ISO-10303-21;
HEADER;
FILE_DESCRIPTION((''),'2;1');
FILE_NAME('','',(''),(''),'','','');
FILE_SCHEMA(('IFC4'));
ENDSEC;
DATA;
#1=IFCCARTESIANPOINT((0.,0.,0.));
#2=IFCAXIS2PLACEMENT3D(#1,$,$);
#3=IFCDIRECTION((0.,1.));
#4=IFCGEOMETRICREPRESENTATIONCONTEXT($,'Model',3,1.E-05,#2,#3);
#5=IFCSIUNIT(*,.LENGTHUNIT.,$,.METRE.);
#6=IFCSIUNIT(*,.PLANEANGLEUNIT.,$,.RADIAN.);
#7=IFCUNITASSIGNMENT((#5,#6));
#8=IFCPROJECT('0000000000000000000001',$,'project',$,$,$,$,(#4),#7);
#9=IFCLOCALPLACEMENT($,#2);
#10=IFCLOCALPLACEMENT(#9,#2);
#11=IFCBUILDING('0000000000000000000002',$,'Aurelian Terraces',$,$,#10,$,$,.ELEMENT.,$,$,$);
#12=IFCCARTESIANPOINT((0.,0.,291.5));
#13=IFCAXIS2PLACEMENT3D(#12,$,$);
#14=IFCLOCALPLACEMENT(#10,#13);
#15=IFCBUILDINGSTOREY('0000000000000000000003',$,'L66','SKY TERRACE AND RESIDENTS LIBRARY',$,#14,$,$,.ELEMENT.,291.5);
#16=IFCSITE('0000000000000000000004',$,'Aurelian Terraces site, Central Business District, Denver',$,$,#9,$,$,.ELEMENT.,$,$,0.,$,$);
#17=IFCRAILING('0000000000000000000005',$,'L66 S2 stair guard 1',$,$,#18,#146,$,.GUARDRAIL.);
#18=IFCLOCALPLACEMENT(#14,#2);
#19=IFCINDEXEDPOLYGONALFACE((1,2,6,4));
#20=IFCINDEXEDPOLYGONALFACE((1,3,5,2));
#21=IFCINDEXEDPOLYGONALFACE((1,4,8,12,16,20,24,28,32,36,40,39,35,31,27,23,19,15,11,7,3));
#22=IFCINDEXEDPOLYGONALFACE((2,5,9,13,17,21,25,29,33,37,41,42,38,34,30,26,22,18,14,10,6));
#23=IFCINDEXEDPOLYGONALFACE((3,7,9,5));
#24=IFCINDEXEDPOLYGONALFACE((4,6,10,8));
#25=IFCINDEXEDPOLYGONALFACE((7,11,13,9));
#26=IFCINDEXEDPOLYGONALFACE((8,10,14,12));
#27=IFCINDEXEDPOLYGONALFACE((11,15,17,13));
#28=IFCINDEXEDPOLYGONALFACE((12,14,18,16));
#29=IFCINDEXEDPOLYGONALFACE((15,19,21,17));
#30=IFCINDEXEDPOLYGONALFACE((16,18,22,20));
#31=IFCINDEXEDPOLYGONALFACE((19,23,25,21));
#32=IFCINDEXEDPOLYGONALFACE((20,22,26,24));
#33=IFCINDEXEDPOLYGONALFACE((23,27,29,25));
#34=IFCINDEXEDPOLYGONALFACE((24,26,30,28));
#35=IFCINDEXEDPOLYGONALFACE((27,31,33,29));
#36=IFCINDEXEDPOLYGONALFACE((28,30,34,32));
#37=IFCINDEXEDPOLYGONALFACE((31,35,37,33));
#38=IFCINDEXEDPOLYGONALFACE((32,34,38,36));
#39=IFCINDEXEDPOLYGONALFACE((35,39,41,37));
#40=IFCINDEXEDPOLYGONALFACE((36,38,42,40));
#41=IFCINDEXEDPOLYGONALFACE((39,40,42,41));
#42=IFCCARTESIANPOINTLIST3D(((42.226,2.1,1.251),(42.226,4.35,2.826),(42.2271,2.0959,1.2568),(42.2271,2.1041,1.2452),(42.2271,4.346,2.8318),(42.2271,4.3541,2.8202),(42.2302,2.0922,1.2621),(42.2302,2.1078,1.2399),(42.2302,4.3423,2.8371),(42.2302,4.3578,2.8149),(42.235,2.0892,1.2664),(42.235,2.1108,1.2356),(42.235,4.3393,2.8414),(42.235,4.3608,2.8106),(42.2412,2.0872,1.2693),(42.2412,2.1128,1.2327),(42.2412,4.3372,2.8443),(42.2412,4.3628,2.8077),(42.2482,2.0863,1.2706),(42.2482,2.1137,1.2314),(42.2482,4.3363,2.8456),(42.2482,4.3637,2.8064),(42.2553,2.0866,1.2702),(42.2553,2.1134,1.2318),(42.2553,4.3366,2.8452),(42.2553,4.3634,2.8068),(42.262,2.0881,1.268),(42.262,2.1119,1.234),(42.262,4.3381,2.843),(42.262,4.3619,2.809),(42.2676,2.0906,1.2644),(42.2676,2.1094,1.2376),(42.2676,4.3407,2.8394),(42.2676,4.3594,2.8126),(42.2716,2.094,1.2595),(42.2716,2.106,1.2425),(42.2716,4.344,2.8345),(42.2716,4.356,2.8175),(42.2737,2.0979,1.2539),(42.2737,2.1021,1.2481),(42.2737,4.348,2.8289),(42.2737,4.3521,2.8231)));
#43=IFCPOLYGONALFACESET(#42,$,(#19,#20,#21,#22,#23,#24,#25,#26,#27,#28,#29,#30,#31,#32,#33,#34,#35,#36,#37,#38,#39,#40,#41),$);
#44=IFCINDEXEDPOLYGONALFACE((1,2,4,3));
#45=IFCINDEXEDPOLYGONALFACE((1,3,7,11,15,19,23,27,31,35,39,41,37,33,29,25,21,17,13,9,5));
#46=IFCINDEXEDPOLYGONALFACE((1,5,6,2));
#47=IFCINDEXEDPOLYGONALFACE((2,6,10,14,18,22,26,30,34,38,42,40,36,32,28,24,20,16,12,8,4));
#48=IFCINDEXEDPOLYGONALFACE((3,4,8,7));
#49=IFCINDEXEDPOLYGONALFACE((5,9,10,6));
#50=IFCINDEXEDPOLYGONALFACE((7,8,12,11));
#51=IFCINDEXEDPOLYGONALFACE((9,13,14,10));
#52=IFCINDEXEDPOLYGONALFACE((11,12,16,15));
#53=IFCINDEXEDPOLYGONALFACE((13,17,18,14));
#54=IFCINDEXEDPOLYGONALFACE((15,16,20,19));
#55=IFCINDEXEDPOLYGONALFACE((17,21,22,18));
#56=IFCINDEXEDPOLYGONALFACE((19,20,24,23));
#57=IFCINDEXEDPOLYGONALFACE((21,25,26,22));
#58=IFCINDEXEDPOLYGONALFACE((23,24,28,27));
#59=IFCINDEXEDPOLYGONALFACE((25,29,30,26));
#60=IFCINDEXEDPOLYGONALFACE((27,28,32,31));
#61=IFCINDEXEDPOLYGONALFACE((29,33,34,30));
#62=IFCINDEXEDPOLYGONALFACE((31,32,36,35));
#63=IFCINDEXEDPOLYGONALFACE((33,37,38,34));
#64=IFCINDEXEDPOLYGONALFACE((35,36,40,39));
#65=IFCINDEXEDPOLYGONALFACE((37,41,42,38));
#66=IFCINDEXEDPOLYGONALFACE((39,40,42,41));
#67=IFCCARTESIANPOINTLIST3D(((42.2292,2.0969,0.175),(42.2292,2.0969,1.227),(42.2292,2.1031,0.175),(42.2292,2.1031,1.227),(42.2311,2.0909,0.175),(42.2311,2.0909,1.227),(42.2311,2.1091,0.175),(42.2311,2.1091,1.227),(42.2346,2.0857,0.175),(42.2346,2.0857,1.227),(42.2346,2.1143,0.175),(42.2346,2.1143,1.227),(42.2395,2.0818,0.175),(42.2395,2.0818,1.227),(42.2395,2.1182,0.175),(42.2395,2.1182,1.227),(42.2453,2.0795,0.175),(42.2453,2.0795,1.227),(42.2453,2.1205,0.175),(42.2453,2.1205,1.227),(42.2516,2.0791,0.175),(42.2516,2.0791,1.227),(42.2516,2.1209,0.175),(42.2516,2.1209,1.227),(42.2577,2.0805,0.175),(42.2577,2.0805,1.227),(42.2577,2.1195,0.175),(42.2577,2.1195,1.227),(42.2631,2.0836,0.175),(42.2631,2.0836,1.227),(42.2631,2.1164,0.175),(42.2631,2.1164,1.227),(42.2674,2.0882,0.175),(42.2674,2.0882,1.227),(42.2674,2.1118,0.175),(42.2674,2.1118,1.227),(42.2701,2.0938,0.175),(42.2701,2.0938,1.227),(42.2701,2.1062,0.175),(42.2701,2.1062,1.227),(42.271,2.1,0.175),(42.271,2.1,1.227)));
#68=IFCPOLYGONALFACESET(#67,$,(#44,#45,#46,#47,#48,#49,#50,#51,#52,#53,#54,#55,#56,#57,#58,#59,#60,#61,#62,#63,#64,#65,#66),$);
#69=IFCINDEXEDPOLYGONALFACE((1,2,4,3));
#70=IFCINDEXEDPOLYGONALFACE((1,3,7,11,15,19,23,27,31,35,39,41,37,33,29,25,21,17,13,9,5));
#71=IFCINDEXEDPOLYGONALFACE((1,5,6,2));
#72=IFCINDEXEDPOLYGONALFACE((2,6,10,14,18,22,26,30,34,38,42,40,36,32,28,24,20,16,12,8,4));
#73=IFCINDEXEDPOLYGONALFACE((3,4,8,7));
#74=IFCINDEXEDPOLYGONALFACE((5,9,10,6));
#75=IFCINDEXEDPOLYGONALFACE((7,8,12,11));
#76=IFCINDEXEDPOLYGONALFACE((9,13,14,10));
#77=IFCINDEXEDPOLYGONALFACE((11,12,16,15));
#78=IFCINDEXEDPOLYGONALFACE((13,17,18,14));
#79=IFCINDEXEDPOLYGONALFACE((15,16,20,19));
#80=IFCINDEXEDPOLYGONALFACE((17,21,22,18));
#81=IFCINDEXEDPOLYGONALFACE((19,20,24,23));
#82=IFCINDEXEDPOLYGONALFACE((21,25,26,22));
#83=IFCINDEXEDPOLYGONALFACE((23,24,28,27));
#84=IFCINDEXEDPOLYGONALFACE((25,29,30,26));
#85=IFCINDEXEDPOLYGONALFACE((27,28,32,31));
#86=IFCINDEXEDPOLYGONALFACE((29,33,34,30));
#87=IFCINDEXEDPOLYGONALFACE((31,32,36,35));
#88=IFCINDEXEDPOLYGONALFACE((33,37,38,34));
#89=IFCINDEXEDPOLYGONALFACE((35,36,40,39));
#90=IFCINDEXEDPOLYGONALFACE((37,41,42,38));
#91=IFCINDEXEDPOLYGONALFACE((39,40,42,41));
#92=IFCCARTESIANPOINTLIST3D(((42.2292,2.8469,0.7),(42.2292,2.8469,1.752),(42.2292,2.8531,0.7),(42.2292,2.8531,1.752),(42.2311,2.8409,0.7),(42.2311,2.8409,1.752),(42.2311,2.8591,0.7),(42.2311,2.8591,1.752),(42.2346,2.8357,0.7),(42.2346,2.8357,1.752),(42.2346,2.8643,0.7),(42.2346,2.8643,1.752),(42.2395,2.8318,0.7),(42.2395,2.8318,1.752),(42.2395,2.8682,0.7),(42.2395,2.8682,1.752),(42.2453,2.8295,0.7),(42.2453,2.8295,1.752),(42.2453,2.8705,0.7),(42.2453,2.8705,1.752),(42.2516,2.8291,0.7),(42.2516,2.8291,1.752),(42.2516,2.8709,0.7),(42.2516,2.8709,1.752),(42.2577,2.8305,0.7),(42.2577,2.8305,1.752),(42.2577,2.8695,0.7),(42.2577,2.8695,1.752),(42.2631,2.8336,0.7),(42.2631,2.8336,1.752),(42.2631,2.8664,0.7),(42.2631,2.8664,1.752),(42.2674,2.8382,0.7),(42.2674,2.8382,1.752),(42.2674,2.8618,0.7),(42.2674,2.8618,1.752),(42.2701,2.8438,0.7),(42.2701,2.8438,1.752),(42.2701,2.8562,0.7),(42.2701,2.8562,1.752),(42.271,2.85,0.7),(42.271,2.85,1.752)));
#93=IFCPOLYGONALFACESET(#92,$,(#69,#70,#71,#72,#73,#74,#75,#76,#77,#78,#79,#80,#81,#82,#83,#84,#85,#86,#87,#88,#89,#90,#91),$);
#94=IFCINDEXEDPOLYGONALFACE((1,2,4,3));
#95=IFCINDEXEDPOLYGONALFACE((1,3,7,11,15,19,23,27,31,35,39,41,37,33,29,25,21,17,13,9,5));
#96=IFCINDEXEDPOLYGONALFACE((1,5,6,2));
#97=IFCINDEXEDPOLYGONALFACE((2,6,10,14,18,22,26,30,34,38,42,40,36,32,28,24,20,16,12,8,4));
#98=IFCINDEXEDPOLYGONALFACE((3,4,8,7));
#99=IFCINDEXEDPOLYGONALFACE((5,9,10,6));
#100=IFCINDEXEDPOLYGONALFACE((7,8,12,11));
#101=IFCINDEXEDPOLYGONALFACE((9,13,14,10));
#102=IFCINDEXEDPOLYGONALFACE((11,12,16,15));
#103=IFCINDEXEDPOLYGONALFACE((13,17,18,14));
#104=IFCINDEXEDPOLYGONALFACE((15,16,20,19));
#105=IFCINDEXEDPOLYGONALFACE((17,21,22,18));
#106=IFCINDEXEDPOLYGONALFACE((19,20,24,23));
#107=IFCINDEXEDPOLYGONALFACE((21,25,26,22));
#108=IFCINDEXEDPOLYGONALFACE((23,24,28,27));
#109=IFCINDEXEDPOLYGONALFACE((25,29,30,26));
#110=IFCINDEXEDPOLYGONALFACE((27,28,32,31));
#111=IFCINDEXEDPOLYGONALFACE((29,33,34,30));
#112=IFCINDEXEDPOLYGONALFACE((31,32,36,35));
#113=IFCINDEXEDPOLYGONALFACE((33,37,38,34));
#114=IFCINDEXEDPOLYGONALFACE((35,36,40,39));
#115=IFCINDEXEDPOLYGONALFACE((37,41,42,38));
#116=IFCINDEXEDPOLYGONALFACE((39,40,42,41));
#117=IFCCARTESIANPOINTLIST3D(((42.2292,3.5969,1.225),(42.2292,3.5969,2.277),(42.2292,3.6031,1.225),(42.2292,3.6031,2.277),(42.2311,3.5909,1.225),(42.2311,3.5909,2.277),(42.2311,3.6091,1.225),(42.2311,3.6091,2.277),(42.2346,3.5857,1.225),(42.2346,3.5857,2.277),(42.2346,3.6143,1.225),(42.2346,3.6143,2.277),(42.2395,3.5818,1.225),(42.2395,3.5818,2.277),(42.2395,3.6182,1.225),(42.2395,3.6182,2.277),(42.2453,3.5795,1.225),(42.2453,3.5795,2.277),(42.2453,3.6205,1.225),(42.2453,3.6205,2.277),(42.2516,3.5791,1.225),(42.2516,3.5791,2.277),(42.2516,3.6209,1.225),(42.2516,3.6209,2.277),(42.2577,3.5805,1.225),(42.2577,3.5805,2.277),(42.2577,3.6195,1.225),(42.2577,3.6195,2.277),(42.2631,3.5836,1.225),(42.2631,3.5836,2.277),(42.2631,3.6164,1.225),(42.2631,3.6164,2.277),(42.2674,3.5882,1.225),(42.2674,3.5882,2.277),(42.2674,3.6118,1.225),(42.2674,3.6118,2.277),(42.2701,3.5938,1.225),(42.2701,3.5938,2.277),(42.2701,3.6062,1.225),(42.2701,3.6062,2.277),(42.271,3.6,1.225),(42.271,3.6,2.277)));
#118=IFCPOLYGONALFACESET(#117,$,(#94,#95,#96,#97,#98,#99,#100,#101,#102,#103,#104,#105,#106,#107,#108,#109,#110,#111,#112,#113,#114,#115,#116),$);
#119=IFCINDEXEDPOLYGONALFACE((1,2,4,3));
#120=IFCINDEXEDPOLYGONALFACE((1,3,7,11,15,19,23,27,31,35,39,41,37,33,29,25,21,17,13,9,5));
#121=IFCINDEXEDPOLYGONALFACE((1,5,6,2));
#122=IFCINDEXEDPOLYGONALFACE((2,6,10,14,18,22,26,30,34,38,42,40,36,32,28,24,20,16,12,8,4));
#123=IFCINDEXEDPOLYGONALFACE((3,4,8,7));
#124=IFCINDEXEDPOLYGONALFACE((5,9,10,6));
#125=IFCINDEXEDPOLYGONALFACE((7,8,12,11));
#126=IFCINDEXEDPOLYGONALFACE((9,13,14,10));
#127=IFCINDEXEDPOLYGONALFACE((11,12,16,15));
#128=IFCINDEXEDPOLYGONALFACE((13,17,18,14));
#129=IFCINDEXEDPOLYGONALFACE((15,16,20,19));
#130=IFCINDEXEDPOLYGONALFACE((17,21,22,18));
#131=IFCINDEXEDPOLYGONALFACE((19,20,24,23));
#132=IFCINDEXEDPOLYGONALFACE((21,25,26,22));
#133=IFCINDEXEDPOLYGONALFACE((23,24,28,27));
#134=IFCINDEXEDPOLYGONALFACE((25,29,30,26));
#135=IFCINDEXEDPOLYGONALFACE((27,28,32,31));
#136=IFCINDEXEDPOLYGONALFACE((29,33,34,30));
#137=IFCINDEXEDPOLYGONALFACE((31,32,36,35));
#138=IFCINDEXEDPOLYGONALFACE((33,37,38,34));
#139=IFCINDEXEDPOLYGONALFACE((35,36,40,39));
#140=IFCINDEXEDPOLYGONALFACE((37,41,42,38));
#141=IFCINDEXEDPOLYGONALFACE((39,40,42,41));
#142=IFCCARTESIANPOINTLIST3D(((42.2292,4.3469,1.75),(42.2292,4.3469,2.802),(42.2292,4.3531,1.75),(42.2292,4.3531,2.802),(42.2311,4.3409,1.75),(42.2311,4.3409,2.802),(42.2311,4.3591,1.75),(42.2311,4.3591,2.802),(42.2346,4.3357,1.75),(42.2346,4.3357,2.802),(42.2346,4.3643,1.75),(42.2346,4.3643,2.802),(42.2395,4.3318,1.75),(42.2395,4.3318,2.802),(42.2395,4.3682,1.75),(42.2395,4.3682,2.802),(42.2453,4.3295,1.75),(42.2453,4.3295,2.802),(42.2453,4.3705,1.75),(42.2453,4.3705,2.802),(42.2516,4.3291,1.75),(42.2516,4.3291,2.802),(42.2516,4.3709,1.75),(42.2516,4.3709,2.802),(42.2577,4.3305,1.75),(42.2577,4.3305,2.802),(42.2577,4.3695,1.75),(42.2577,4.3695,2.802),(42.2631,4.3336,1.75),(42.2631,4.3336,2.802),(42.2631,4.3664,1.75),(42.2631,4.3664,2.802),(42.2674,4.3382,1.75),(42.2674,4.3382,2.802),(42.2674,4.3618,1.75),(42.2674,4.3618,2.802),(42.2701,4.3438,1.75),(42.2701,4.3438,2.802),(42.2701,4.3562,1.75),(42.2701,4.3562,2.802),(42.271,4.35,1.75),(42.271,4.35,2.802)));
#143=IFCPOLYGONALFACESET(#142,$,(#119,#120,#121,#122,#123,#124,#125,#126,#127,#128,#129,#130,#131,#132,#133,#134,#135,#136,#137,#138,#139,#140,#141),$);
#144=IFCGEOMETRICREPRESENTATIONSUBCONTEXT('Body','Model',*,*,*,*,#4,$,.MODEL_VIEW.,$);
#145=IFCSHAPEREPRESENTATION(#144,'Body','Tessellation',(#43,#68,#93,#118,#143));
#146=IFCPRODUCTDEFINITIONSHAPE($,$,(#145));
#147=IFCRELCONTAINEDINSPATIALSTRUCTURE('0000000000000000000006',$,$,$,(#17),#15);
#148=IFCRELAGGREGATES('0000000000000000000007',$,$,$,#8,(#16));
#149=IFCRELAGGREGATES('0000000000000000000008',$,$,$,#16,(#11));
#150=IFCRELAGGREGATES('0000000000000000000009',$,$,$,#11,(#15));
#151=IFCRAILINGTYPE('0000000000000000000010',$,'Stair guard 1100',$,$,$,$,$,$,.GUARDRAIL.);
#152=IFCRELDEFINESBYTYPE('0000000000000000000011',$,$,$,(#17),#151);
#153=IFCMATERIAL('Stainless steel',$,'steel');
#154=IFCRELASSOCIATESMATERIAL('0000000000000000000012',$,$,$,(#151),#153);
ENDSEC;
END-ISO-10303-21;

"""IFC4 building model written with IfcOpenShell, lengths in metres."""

from ifc_helpers import new_model, si_unit, direction, frame, origin, origin_2d, place, context, subcontext, project, spatial, circle, extrude, source, transform, mapped, material, type_object, element, save


model = new_model("IFC4")

# Units and contexts
model_context = context("Model", 3, precision=1e-05, world=origin(), true_north=direction((0.0, 1.0)))
body_context = subcontext(model_context, "Body", "Model", "MODEL_VIEW")
ifc_project = project(units=[si_unit("LENGTHUNIT", "METRE"), si_unit("PLANEANGLEUNIT", "RADIAN")], contexts=[model_context])

# Site, building, storey
site_placement = place(None, origin())
site = spatial("IfcSite", under=ifc_project, at=site_placement, Name="Aurelian Terraces site, Central Business District, Denver", CompositionType="ELEMENT", RefElevation=0.0)
building_placement = place(site_placement, origin())
building = spatial("IfcBuilding", under=site, at=building_placement, Name="Aurelian Terraces", CompositionType="ELEMENT")
storey_placement = place(building_placement, frame((0.0, 0.0, 291.5)))
storey = spatial("IfcBuildingStorey", under=building, at=storey_placement, Name="L66", Description="SKY TERRACE AND RESIDENTS LIBRARY", CompositionType="ELEMENT", Elevation=291.5)

# Railing
ifc_material_1 = material(Name="Stainless steel", Category="steel")
railing_type_1 = type_object("IfcRailingType", Name="Stair guard 1100", PredefinedType="GUARDRAIL", material=ifc_material_1)
shared_shape_1 = source(origin(), body_context, "Body", "SweptSolid", [
    extrude(circle(Radius=0.024, at=origin_2d()), frame((0.0, 0.0, 1.076), z_axis=(0.0, 0.819232, 0.573462), x_axis=(-1.0, 0.0, 0.0)), (0.0, 0.0, 1.0), 2.7465),
    extrude(circle(Radius=0.021, at=origin_2d()), origin(), (0.0, 0.0, 1.0), 1.052),
    extrude(circle(Radius=0.021, at=origin_2d()), frame((0.0, 0.75, 0.525)), (0.0, 0.0, 1.0), 1.052),
    extrude(circle(Radius=0.021, at=origin_2d()), frame((0.0, 1.5, 1.05)), (0.0, 0.0, 1.0), 1.052),
    extrude(circle(Radius=0.021, at=origin_2d()), frame((0.0, 2.25, 1.575)), (0.0, 0.0, 1.0), 1.052),
])
railing_1_placement = place(storey_placement, frame((42.25, 2.1, 0.175)))
element("IfcRailing", 1, at=railing_1_placement, inside=storey, type_object=railing_type_1, Name="L66 S2 stair guard 1", PredefinedType="GUARDRAIL", context=body_context, shape_type="MappedRepresentation", body=[
    mapped(shared_shape_1, transform((0.0, 0.0, 0.0), scale=1.0)),
])

save(model, "model.ifc")
